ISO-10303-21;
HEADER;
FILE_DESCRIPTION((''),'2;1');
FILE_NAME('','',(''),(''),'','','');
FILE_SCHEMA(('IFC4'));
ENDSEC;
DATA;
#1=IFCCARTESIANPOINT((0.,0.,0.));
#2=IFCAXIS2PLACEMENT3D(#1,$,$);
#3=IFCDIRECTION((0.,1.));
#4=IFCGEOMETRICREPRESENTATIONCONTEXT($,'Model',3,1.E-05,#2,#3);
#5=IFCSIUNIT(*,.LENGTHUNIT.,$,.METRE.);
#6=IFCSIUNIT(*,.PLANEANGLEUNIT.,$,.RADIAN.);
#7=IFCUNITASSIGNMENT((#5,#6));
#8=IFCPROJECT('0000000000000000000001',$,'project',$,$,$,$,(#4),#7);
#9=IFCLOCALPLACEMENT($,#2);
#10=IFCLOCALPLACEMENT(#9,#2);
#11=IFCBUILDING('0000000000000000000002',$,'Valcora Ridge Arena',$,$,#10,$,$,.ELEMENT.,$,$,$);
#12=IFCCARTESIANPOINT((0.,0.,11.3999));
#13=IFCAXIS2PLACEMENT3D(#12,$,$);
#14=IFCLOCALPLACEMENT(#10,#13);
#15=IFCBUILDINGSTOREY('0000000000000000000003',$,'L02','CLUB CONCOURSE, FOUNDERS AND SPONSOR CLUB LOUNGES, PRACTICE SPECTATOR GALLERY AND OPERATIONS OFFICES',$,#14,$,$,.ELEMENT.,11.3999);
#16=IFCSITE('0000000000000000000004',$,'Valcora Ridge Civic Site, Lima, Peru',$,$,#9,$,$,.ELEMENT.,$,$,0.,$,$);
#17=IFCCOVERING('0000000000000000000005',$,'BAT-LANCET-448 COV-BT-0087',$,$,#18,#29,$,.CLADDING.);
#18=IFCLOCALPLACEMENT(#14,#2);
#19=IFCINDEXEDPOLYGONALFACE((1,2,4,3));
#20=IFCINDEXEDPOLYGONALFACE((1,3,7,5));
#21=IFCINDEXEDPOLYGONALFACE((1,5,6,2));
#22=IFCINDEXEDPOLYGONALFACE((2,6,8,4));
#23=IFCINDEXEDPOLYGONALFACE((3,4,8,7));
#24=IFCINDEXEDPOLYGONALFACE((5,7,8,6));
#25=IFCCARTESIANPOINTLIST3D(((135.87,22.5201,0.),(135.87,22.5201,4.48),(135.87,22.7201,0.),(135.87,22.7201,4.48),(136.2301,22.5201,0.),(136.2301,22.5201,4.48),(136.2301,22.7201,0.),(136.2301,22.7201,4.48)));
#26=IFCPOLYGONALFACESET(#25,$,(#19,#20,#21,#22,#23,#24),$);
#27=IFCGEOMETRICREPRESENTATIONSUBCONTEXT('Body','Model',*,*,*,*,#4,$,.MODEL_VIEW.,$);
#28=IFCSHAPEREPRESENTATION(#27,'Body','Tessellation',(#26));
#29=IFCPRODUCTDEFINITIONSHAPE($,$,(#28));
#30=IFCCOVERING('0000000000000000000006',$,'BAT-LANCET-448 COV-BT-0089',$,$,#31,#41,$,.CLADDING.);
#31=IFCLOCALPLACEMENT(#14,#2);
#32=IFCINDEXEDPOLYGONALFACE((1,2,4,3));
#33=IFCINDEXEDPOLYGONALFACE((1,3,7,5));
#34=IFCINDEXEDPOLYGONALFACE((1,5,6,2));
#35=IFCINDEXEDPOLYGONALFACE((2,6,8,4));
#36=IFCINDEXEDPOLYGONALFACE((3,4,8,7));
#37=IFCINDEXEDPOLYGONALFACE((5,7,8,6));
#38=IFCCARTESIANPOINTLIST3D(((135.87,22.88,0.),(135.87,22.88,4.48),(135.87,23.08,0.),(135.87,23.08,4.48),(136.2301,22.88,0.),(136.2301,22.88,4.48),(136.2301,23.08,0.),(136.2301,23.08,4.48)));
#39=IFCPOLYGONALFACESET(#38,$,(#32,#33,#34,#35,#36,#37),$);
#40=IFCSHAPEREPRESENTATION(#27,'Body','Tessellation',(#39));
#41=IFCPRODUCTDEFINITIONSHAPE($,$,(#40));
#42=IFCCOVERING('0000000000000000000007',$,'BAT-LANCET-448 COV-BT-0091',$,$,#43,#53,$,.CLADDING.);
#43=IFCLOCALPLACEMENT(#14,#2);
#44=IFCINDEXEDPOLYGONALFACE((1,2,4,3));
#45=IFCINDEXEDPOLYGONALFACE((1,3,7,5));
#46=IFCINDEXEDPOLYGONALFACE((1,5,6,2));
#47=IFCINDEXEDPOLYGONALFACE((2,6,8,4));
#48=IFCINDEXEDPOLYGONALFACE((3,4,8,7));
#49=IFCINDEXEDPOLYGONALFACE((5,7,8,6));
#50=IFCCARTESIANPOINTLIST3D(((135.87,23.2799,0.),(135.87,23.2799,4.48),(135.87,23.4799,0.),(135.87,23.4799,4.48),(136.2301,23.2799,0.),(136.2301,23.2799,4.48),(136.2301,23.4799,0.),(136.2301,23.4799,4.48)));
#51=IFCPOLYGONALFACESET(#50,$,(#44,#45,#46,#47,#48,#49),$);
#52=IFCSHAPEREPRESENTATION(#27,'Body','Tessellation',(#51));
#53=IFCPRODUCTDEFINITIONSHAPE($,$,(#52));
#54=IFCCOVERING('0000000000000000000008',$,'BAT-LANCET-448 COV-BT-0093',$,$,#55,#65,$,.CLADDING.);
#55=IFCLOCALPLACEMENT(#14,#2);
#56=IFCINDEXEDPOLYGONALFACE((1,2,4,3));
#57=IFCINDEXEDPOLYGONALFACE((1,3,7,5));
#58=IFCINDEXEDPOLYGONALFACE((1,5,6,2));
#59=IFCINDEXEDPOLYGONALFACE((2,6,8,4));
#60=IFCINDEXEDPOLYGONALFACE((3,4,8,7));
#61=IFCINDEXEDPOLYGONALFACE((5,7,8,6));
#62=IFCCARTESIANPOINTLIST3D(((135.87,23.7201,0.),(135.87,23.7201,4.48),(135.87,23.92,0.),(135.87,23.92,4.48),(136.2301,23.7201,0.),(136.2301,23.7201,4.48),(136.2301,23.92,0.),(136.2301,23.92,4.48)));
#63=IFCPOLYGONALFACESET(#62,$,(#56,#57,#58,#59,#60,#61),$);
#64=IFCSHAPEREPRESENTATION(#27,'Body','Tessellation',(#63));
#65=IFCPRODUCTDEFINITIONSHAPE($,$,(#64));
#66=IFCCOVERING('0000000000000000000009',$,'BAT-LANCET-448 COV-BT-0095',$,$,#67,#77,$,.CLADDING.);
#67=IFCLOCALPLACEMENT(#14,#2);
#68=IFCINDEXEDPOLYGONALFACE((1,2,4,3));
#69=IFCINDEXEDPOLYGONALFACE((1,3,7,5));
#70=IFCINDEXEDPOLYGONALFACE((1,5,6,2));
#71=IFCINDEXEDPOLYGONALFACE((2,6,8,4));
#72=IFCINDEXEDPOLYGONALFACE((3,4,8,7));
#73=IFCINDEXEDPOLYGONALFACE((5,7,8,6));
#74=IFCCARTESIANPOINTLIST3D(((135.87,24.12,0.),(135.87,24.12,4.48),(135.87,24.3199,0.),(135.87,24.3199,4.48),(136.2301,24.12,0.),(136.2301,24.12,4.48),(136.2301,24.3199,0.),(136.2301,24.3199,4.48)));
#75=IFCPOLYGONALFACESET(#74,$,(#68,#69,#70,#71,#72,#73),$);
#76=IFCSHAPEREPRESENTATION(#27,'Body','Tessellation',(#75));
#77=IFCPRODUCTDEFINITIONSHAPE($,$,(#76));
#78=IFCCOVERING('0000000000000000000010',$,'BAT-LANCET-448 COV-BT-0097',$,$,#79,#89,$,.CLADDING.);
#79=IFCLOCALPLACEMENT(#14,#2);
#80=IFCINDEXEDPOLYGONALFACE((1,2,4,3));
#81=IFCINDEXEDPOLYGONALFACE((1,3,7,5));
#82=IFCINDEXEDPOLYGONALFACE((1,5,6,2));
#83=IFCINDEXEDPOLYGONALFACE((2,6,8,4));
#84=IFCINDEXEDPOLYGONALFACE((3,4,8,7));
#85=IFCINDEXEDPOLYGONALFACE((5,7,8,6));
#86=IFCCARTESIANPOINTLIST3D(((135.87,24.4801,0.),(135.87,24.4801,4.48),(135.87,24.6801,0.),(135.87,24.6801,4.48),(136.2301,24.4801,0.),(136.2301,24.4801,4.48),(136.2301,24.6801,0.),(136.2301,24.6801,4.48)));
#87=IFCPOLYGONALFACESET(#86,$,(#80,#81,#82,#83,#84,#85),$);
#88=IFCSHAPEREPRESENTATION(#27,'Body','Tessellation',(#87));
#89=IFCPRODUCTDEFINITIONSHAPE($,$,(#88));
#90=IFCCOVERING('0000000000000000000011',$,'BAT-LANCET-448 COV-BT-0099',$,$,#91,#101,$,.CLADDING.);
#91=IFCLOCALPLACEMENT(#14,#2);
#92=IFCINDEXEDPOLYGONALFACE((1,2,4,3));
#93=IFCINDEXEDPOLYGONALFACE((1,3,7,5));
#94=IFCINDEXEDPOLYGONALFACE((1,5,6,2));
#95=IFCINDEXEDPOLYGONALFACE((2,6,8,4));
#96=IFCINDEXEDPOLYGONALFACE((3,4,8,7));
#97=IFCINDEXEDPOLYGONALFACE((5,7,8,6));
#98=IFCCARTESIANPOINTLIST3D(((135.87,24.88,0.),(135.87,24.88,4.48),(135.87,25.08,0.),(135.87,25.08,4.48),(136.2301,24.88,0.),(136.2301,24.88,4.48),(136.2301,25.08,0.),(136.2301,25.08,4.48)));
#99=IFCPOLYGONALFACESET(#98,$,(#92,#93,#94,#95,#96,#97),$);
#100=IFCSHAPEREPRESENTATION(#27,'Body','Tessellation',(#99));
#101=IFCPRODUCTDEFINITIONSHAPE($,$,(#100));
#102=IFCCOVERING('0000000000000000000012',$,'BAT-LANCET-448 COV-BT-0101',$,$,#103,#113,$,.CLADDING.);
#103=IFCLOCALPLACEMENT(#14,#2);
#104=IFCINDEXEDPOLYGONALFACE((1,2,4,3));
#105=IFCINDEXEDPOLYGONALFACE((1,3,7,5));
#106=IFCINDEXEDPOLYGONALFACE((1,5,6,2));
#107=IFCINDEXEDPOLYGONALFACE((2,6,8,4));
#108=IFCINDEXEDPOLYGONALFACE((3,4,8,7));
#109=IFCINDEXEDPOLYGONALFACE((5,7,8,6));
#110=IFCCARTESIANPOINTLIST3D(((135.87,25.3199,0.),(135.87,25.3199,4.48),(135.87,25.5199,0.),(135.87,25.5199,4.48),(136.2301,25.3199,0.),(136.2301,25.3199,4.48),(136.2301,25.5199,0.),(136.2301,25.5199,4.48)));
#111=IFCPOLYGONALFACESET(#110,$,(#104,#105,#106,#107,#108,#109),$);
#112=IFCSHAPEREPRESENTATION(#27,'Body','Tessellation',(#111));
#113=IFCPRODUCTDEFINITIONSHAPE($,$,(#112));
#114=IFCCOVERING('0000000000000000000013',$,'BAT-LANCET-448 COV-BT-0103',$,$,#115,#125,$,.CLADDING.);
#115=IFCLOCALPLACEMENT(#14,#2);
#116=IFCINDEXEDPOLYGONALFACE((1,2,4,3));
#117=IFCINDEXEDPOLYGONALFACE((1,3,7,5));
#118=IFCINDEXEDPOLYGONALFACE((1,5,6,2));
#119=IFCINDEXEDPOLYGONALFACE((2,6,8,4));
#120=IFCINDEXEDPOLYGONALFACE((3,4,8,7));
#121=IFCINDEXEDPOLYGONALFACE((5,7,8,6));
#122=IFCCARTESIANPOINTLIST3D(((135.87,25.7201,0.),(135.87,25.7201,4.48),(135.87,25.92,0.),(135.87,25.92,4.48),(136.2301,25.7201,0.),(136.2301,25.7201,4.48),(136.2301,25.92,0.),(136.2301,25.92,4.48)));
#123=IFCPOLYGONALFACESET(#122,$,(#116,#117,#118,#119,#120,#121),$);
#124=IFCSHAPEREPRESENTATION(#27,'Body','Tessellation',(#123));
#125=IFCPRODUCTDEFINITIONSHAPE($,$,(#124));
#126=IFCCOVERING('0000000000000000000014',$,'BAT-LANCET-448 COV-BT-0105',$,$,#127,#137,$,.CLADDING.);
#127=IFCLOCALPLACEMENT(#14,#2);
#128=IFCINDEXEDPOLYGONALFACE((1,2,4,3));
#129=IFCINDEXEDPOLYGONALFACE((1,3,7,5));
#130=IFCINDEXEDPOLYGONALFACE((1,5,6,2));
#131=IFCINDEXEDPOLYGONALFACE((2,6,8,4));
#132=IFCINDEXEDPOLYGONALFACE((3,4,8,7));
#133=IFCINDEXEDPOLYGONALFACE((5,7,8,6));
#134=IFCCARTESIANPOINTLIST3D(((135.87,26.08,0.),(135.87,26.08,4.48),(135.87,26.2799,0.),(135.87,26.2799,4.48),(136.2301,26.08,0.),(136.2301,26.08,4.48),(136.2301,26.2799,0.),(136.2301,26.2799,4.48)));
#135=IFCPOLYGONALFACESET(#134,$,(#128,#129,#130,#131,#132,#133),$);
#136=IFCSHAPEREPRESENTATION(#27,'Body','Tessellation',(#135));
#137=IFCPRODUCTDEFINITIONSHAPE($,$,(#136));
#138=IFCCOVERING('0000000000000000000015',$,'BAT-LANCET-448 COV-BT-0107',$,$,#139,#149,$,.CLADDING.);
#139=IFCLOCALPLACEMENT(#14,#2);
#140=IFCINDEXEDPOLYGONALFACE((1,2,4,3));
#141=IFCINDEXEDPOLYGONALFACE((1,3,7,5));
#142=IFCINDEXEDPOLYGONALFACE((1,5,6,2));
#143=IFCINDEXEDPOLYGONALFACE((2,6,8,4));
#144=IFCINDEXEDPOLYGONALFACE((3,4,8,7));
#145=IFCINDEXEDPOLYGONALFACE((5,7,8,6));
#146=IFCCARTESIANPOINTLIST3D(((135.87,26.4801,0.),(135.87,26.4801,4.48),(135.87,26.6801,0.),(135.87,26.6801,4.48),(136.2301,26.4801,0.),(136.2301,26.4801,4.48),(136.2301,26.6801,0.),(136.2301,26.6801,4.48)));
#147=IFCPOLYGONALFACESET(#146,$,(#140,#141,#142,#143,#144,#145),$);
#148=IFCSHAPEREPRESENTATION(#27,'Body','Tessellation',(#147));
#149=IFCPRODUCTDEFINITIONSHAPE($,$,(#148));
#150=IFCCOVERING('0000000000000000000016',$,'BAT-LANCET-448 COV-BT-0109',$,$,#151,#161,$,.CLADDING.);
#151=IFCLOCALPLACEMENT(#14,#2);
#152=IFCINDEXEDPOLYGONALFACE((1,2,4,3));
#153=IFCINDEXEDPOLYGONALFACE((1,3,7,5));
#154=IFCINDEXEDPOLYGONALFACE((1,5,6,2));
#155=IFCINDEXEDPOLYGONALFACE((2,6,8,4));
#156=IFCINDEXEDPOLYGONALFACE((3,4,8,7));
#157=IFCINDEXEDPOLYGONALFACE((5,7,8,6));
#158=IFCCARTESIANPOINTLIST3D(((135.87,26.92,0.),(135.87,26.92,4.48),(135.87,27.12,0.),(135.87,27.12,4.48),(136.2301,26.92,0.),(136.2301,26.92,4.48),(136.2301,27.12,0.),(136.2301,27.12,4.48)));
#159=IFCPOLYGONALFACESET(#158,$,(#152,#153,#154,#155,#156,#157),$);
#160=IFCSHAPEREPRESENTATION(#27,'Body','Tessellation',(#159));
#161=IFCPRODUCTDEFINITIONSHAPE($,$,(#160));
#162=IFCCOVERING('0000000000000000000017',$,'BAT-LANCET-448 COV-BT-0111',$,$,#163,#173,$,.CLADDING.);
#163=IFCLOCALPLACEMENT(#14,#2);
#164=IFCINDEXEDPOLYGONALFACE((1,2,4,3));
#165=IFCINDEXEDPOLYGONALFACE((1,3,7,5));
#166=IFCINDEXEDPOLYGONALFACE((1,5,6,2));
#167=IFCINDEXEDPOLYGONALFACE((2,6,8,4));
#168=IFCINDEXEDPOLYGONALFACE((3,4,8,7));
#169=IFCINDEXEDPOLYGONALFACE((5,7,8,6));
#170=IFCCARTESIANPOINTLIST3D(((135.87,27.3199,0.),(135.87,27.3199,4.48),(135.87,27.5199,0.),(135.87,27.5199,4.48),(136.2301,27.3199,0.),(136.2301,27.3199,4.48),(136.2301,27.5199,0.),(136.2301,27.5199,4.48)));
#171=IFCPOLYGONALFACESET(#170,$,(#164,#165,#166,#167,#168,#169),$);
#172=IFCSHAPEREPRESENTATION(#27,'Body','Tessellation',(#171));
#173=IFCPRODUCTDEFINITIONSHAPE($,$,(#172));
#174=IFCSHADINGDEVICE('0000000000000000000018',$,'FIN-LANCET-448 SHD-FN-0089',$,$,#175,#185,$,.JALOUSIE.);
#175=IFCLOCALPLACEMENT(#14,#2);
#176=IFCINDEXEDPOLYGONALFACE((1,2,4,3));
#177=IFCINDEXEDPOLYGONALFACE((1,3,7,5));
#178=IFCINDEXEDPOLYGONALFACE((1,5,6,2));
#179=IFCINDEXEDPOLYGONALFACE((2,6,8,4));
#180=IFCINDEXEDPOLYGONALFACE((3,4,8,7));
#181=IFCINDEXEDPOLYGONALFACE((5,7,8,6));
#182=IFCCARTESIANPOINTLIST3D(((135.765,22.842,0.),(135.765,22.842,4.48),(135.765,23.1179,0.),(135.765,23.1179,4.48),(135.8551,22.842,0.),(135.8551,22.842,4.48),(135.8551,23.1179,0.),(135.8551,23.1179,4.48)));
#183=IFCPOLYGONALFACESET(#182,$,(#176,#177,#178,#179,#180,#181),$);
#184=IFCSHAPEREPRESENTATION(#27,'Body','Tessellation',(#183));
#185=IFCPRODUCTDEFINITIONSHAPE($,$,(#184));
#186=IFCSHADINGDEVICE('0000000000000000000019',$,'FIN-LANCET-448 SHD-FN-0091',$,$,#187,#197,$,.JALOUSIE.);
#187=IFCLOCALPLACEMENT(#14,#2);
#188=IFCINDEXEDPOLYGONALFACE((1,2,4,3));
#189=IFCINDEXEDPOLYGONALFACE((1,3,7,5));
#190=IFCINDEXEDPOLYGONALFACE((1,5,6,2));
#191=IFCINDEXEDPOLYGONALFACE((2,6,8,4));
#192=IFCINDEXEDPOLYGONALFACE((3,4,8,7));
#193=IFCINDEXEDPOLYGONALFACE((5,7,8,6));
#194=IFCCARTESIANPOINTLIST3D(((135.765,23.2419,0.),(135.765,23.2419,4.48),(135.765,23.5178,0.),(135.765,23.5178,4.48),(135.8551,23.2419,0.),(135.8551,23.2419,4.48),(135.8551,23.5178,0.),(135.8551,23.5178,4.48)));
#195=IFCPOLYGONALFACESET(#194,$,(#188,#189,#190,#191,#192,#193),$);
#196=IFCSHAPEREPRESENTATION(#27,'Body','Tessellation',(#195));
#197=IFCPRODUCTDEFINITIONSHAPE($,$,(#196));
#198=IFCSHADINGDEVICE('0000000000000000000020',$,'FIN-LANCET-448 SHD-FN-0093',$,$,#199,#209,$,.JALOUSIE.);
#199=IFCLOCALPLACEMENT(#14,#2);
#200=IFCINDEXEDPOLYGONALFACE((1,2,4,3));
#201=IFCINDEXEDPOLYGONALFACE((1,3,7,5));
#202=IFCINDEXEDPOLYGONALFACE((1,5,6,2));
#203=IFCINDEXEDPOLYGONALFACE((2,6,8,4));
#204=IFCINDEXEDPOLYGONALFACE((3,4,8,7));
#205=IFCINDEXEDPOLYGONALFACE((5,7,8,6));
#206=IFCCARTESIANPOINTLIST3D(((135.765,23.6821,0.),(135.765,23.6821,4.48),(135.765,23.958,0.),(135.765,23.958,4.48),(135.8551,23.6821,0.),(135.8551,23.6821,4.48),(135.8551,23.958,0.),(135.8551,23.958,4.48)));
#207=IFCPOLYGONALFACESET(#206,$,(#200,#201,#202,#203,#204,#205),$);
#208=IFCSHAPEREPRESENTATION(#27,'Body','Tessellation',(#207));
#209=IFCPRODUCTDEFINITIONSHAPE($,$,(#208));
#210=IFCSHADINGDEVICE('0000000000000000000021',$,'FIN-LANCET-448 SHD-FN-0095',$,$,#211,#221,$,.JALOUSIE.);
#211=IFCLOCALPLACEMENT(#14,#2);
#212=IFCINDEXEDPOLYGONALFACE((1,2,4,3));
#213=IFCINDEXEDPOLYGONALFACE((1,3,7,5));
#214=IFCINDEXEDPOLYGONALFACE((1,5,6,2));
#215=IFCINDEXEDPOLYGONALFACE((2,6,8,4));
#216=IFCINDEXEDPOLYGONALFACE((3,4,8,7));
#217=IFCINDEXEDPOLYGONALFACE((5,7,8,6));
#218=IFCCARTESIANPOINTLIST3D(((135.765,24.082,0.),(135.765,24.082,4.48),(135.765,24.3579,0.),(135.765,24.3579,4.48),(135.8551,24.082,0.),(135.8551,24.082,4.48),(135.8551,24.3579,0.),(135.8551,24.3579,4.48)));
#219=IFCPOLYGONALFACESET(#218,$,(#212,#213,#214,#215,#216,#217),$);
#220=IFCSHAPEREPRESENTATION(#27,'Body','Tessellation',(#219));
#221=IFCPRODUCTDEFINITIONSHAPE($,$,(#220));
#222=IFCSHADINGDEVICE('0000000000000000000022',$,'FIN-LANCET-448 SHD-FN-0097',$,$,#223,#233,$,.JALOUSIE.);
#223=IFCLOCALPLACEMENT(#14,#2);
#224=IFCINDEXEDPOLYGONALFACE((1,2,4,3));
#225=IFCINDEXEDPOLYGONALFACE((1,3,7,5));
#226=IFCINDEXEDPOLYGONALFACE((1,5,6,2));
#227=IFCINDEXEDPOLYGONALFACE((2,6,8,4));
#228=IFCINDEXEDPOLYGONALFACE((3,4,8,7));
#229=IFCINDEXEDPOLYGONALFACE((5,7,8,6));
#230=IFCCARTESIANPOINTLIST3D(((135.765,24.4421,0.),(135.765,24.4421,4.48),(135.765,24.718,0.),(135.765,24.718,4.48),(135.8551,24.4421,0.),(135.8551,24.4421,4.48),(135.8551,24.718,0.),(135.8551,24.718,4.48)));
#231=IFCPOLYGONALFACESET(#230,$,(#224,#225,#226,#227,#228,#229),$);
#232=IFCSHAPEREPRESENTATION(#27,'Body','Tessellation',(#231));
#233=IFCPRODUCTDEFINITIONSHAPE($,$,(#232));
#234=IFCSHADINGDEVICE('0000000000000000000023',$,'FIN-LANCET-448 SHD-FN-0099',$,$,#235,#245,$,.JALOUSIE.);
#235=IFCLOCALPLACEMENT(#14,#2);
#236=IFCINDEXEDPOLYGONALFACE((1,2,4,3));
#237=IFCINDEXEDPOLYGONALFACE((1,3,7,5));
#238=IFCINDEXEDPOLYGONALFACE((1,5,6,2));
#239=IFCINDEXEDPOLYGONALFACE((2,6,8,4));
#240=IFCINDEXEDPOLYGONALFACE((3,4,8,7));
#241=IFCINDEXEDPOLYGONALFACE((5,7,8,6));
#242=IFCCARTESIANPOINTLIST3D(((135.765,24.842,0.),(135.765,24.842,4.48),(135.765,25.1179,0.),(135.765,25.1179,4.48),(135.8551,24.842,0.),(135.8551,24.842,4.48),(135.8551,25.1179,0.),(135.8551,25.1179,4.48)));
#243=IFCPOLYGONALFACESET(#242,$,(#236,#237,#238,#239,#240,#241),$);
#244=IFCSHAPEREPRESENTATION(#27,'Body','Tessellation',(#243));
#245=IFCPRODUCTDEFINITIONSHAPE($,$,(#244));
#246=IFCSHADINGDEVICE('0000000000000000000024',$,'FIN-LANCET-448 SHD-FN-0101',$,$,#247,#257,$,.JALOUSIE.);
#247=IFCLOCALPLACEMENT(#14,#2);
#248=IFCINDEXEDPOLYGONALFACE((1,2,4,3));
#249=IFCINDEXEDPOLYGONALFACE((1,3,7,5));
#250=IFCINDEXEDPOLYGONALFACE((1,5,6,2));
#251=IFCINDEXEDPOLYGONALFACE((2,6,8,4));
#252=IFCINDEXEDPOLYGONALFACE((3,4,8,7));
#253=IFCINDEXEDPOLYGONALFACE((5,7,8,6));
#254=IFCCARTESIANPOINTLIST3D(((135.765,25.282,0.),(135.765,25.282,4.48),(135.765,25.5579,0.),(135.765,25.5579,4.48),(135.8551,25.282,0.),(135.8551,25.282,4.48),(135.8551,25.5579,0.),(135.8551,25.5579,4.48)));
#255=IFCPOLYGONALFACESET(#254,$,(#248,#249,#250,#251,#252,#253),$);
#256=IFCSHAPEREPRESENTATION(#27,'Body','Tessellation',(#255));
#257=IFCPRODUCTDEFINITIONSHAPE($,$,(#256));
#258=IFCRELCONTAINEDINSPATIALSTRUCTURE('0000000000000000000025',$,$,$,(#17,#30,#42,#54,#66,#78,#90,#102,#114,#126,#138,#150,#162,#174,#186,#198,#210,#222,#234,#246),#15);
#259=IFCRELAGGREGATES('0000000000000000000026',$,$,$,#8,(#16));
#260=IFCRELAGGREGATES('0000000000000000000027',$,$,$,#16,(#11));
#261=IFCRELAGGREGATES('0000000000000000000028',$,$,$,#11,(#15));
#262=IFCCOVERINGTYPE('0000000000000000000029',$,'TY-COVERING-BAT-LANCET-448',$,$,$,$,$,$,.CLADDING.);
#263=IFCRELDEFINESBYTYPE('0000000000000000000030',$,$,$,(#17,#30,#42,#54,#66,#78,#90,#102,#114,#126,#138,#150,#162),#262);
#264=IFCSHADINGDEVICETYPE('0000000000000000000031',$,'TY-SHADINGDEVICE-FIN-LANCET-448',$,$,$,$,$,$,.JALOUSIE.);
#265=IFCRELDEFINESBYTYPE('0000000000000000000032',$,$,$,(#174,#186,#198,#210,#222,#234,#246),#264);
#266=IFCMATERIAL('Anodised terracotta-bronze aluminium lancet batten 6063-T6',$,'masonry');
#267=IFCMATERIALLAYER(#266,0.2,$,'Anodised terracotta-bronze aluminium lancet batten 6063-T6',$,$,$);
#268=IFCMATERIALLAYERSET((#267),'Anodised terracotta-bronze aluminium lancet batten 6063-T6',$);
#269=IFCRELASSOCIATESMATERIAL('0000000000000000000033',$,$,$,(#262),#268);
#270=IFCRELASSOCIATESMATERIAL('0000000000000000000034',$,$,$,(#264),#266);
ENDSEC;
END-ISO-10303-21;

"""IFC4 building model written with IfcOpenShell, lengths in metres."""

from ifc_helpers import new_model, si_unit, direction, frame, origin, origin_2d, place, context, subcontext, project, spatial, rectangle, extrude, material, layer, layer_set, material_profile, profile_set, type_object, element, save


model = new_model("IFC4")

# Units and contexts
model_context = context("Model", 3, precision=1e-05, world=origin(), true_north=direction((0.0, 1.0)))
body_context = subcontext(model_context, "Body", "Model", "MODEL_VIEW")
ifc_project = project(units=[si_unit("LENGTHUNIT", "METRE"), si_unit("PLANEANGLEUNIT", "RADIAN")], contexts=[model_context])

# Site, building, storey
site_placement = place(None, origin())
site = spatial("IfcSite", under=ifc_project, at=site_placement, Name="Valcora Ridge Civic Site, Lima, Peru", CompositionType="ELEMENT", RefElevation=0.0)
building_placement = place(site_placement, origin())
building = spatial("IfcBuilding", under=site, at=building_placement, Name="Valcora Ridge Arena", CompositionType="ELEMENT")
storey_placement = place(building_placement, frame((0.0, 0.0, 11.3999)))
storey = spatial("IfcBuildingStorey", under=building, at=storey_placement, Name="L02", Description="CLUB CONCOURSE, FOUNDERS AND SPONSOR CLUB LOUNGES, PRACTICE SPECTATOR GALLERY AND OPERATIONS OFFICES", CompositionType="ELEMENT", Elevation=11.3999)

# Coverings
ifc_material_1 = material(Name="Anodised terracotta-bronze aluminium lancet batten 6063-T6", Category="masonry")
ifc_layer_1 = layer(ifc_material_1, 0.2, Name="Anodised terracotta-bronze aluminium lancet batten 6063-T6")
ifc_layer_set_1 = layer_set([ifc_layer_1], Name="Anodised terracotta-bronze aluminium lancet batten 6063-T6")
covering_type = type_object("IfcCoveringType", Name="TY-COVERING-BAT-LANCET-448", PredefinedType="CLADDING", material=ifc_layer_set_1)
for number, where, z_axis, x_axis, name in (
    (1, (136.05, 22.6201, 0.0), (0.0, 0.0, 1.0), (1.0, 0.0, 0.0), "BAT-LANCET-448 COV-BT-0087"),
    (2, (136.05, 22.98, 0.0), (0.0, 0.0, 1.0), (1.0, 0.0, 0.0), "BAT-LANCET-448 COV-BT-0089"),
    (3, (136.05, 23.3799, 0.0), (0.0, 0.0, 1.0), (1.0, 0.0, 0.0), "BAT-LANCET-448 COV-BT-0091"),
    (4, (136.05, 23.8201, 0.0), (0.0, 0.0, 1.0), (1.0, 0.0, 0.0), "BAT-LANCET-448 COV-BT-0093"),
    (5, (136.05, 24.22, 0.0), (0.0, 0.0, 1.0), (1.0, 0.0, 0.0), "BAT-LANCET-448 COV-BT-0095"),
    (6, (136.05, 24.5801, 0.0), (0.0, 0.0, 1.0), (1.0, 0.0, 0.0), "BAT-LANCET-448 COV-BT-0097"),
    (7, (136.05, 24.98, 0.0), (0.0, 0.0, 1.0), (1.0, 0.0, 0.0), "BAT-LANCET-448 COV-BT-0099"),
    (8, (136.05, 25.4199, 0.0), (0.0, 0.0, 1.0), (1.0, 0.0, 0.0), "BAT-LANCET-448 COV-BT-0101"),
    (9, (136.05, 25.8201, 0.0), (0.0, 0.0, 1.0), (1.0, 0.0, 0.0), "BAT-LANCET-448 COV-BT-0103"),
    (10, (136.05, 26.1799, 0.0), (0.0, 0.0, 1.0), (1.0, 0.0, 0.0), "BAT-LANCET-448 COV-BT-0105"),
    (11, (136.05, 26.5801, 0.0), (0.0, 0.0, 1.0), (1.0, 0.0, 0.0), "BAT-LANCET-448 COV-BT-0107"),
    (12, (136.05, 27.02, 0.0), (0.0, 0.0, 1.0), (1.0, 0.0, 0.0), "BAT-LANCET-448 COV-BT-0109"),
    (13, (136.05, 27.4199, 0.0), (0.0, 0.0, 1.0), (1.0, 0.0, 0.0), "BAT-LANCET-448 COV-BT-0111"),
):
    element("IfcCovering", number, at=place(storey_placement, frame(where, z_axis=z_axis, x_axis=x_axis)), inside=storey, type_object=covering_type, Name=name, PredefinedType="CLADDING", context=body_context, shape_type="SweptSolid", body=[
        extrude(rectangle(XDim=0.3601, YDim=0.2, at=origin_2d()), origin(), (0.0, 0.0, 1.0), 4.48),
    ])

# Shading devices
ifc_material_profile = material_profile(ifc_material_1, rectangle(XDim=0.0901, YDim=0.2759, at=origin_2d()), Name="ALU LANCET BATTEN 90x276")
ifc_profile_set = profile_set([ifc_material_profile], Name="Anodised terracotta-bronze aluminium lancet batten 6063-T6")
shading_device_type = type_object("IfcShadingDeviceType", Name="TY-SHADINGDEVICE-FIN-LANCET-448", PredefinedType="JALOUSIE", material=ifc_profile_set)
for number, where, z_axis, x_axis, name in (
    (14, (135.8101, 22.98, 0.0), (0.0, 0.0, 1.0), (1.0, 0.0, 0.0), "FIN-LANCET-448 SHD-FN-0089"),
    (15, (135.8101, 23.3799, 0.0), (0.0, 0.0, 1.0), (1.0, 0.0, 0.0), "FIN-LANCET-448 SHD-FN-0091"),
    (16, (135.8101, 23.8201, 0.0), (0.0, 0.0, 1.0), (1.0, 0.0, 0.0), "FIN-LANCET-448 SHD-FN-0093"),
    (17, (135.8101, 24.22, 0.0), (0.0, 0.0, 1.0), (1.0, 0.0, 0.0), "FIN-LANCET-448 SHD-FN-0095"),
    (18, (135.8101, 24.5801, 0.0), (0.0, 0.0, 1.0), (1.0, 0.0, 0.0), "FIN-LANCET-448 SHD-FN-0097"),
    (19, (135.8101, 24.98, 0.0), (0.0, 0.0, 1.0), (1.0, 0.0, 0.0), "FIN-LANCET-448 SHD-FN-0099"),
    (20, (135.8101, 25.4199, 0.0), (0.0, 0.0, 1.0), (1.0, 0.0, 0.0), "FIN-LANCET-448 SHD-FN-0101"),
):
    element("IfcShadingDevice", number, at=place(storey_placement, frame(where, z_axis=z_axis, x_axis=x_axis)), inside=storey, type_object=shading_device_type, Name=name, PredefinedType="JALOUSIE", context=body_context, shape_type="SweptSolid", body=[
        extrude(rectangle(XDim=0.0901, YDim=0.2759, at=origin_2d()), origin(), (0.0, 0.0, 1.0), 4.48),
    ])

save(model, "model.ifc")
